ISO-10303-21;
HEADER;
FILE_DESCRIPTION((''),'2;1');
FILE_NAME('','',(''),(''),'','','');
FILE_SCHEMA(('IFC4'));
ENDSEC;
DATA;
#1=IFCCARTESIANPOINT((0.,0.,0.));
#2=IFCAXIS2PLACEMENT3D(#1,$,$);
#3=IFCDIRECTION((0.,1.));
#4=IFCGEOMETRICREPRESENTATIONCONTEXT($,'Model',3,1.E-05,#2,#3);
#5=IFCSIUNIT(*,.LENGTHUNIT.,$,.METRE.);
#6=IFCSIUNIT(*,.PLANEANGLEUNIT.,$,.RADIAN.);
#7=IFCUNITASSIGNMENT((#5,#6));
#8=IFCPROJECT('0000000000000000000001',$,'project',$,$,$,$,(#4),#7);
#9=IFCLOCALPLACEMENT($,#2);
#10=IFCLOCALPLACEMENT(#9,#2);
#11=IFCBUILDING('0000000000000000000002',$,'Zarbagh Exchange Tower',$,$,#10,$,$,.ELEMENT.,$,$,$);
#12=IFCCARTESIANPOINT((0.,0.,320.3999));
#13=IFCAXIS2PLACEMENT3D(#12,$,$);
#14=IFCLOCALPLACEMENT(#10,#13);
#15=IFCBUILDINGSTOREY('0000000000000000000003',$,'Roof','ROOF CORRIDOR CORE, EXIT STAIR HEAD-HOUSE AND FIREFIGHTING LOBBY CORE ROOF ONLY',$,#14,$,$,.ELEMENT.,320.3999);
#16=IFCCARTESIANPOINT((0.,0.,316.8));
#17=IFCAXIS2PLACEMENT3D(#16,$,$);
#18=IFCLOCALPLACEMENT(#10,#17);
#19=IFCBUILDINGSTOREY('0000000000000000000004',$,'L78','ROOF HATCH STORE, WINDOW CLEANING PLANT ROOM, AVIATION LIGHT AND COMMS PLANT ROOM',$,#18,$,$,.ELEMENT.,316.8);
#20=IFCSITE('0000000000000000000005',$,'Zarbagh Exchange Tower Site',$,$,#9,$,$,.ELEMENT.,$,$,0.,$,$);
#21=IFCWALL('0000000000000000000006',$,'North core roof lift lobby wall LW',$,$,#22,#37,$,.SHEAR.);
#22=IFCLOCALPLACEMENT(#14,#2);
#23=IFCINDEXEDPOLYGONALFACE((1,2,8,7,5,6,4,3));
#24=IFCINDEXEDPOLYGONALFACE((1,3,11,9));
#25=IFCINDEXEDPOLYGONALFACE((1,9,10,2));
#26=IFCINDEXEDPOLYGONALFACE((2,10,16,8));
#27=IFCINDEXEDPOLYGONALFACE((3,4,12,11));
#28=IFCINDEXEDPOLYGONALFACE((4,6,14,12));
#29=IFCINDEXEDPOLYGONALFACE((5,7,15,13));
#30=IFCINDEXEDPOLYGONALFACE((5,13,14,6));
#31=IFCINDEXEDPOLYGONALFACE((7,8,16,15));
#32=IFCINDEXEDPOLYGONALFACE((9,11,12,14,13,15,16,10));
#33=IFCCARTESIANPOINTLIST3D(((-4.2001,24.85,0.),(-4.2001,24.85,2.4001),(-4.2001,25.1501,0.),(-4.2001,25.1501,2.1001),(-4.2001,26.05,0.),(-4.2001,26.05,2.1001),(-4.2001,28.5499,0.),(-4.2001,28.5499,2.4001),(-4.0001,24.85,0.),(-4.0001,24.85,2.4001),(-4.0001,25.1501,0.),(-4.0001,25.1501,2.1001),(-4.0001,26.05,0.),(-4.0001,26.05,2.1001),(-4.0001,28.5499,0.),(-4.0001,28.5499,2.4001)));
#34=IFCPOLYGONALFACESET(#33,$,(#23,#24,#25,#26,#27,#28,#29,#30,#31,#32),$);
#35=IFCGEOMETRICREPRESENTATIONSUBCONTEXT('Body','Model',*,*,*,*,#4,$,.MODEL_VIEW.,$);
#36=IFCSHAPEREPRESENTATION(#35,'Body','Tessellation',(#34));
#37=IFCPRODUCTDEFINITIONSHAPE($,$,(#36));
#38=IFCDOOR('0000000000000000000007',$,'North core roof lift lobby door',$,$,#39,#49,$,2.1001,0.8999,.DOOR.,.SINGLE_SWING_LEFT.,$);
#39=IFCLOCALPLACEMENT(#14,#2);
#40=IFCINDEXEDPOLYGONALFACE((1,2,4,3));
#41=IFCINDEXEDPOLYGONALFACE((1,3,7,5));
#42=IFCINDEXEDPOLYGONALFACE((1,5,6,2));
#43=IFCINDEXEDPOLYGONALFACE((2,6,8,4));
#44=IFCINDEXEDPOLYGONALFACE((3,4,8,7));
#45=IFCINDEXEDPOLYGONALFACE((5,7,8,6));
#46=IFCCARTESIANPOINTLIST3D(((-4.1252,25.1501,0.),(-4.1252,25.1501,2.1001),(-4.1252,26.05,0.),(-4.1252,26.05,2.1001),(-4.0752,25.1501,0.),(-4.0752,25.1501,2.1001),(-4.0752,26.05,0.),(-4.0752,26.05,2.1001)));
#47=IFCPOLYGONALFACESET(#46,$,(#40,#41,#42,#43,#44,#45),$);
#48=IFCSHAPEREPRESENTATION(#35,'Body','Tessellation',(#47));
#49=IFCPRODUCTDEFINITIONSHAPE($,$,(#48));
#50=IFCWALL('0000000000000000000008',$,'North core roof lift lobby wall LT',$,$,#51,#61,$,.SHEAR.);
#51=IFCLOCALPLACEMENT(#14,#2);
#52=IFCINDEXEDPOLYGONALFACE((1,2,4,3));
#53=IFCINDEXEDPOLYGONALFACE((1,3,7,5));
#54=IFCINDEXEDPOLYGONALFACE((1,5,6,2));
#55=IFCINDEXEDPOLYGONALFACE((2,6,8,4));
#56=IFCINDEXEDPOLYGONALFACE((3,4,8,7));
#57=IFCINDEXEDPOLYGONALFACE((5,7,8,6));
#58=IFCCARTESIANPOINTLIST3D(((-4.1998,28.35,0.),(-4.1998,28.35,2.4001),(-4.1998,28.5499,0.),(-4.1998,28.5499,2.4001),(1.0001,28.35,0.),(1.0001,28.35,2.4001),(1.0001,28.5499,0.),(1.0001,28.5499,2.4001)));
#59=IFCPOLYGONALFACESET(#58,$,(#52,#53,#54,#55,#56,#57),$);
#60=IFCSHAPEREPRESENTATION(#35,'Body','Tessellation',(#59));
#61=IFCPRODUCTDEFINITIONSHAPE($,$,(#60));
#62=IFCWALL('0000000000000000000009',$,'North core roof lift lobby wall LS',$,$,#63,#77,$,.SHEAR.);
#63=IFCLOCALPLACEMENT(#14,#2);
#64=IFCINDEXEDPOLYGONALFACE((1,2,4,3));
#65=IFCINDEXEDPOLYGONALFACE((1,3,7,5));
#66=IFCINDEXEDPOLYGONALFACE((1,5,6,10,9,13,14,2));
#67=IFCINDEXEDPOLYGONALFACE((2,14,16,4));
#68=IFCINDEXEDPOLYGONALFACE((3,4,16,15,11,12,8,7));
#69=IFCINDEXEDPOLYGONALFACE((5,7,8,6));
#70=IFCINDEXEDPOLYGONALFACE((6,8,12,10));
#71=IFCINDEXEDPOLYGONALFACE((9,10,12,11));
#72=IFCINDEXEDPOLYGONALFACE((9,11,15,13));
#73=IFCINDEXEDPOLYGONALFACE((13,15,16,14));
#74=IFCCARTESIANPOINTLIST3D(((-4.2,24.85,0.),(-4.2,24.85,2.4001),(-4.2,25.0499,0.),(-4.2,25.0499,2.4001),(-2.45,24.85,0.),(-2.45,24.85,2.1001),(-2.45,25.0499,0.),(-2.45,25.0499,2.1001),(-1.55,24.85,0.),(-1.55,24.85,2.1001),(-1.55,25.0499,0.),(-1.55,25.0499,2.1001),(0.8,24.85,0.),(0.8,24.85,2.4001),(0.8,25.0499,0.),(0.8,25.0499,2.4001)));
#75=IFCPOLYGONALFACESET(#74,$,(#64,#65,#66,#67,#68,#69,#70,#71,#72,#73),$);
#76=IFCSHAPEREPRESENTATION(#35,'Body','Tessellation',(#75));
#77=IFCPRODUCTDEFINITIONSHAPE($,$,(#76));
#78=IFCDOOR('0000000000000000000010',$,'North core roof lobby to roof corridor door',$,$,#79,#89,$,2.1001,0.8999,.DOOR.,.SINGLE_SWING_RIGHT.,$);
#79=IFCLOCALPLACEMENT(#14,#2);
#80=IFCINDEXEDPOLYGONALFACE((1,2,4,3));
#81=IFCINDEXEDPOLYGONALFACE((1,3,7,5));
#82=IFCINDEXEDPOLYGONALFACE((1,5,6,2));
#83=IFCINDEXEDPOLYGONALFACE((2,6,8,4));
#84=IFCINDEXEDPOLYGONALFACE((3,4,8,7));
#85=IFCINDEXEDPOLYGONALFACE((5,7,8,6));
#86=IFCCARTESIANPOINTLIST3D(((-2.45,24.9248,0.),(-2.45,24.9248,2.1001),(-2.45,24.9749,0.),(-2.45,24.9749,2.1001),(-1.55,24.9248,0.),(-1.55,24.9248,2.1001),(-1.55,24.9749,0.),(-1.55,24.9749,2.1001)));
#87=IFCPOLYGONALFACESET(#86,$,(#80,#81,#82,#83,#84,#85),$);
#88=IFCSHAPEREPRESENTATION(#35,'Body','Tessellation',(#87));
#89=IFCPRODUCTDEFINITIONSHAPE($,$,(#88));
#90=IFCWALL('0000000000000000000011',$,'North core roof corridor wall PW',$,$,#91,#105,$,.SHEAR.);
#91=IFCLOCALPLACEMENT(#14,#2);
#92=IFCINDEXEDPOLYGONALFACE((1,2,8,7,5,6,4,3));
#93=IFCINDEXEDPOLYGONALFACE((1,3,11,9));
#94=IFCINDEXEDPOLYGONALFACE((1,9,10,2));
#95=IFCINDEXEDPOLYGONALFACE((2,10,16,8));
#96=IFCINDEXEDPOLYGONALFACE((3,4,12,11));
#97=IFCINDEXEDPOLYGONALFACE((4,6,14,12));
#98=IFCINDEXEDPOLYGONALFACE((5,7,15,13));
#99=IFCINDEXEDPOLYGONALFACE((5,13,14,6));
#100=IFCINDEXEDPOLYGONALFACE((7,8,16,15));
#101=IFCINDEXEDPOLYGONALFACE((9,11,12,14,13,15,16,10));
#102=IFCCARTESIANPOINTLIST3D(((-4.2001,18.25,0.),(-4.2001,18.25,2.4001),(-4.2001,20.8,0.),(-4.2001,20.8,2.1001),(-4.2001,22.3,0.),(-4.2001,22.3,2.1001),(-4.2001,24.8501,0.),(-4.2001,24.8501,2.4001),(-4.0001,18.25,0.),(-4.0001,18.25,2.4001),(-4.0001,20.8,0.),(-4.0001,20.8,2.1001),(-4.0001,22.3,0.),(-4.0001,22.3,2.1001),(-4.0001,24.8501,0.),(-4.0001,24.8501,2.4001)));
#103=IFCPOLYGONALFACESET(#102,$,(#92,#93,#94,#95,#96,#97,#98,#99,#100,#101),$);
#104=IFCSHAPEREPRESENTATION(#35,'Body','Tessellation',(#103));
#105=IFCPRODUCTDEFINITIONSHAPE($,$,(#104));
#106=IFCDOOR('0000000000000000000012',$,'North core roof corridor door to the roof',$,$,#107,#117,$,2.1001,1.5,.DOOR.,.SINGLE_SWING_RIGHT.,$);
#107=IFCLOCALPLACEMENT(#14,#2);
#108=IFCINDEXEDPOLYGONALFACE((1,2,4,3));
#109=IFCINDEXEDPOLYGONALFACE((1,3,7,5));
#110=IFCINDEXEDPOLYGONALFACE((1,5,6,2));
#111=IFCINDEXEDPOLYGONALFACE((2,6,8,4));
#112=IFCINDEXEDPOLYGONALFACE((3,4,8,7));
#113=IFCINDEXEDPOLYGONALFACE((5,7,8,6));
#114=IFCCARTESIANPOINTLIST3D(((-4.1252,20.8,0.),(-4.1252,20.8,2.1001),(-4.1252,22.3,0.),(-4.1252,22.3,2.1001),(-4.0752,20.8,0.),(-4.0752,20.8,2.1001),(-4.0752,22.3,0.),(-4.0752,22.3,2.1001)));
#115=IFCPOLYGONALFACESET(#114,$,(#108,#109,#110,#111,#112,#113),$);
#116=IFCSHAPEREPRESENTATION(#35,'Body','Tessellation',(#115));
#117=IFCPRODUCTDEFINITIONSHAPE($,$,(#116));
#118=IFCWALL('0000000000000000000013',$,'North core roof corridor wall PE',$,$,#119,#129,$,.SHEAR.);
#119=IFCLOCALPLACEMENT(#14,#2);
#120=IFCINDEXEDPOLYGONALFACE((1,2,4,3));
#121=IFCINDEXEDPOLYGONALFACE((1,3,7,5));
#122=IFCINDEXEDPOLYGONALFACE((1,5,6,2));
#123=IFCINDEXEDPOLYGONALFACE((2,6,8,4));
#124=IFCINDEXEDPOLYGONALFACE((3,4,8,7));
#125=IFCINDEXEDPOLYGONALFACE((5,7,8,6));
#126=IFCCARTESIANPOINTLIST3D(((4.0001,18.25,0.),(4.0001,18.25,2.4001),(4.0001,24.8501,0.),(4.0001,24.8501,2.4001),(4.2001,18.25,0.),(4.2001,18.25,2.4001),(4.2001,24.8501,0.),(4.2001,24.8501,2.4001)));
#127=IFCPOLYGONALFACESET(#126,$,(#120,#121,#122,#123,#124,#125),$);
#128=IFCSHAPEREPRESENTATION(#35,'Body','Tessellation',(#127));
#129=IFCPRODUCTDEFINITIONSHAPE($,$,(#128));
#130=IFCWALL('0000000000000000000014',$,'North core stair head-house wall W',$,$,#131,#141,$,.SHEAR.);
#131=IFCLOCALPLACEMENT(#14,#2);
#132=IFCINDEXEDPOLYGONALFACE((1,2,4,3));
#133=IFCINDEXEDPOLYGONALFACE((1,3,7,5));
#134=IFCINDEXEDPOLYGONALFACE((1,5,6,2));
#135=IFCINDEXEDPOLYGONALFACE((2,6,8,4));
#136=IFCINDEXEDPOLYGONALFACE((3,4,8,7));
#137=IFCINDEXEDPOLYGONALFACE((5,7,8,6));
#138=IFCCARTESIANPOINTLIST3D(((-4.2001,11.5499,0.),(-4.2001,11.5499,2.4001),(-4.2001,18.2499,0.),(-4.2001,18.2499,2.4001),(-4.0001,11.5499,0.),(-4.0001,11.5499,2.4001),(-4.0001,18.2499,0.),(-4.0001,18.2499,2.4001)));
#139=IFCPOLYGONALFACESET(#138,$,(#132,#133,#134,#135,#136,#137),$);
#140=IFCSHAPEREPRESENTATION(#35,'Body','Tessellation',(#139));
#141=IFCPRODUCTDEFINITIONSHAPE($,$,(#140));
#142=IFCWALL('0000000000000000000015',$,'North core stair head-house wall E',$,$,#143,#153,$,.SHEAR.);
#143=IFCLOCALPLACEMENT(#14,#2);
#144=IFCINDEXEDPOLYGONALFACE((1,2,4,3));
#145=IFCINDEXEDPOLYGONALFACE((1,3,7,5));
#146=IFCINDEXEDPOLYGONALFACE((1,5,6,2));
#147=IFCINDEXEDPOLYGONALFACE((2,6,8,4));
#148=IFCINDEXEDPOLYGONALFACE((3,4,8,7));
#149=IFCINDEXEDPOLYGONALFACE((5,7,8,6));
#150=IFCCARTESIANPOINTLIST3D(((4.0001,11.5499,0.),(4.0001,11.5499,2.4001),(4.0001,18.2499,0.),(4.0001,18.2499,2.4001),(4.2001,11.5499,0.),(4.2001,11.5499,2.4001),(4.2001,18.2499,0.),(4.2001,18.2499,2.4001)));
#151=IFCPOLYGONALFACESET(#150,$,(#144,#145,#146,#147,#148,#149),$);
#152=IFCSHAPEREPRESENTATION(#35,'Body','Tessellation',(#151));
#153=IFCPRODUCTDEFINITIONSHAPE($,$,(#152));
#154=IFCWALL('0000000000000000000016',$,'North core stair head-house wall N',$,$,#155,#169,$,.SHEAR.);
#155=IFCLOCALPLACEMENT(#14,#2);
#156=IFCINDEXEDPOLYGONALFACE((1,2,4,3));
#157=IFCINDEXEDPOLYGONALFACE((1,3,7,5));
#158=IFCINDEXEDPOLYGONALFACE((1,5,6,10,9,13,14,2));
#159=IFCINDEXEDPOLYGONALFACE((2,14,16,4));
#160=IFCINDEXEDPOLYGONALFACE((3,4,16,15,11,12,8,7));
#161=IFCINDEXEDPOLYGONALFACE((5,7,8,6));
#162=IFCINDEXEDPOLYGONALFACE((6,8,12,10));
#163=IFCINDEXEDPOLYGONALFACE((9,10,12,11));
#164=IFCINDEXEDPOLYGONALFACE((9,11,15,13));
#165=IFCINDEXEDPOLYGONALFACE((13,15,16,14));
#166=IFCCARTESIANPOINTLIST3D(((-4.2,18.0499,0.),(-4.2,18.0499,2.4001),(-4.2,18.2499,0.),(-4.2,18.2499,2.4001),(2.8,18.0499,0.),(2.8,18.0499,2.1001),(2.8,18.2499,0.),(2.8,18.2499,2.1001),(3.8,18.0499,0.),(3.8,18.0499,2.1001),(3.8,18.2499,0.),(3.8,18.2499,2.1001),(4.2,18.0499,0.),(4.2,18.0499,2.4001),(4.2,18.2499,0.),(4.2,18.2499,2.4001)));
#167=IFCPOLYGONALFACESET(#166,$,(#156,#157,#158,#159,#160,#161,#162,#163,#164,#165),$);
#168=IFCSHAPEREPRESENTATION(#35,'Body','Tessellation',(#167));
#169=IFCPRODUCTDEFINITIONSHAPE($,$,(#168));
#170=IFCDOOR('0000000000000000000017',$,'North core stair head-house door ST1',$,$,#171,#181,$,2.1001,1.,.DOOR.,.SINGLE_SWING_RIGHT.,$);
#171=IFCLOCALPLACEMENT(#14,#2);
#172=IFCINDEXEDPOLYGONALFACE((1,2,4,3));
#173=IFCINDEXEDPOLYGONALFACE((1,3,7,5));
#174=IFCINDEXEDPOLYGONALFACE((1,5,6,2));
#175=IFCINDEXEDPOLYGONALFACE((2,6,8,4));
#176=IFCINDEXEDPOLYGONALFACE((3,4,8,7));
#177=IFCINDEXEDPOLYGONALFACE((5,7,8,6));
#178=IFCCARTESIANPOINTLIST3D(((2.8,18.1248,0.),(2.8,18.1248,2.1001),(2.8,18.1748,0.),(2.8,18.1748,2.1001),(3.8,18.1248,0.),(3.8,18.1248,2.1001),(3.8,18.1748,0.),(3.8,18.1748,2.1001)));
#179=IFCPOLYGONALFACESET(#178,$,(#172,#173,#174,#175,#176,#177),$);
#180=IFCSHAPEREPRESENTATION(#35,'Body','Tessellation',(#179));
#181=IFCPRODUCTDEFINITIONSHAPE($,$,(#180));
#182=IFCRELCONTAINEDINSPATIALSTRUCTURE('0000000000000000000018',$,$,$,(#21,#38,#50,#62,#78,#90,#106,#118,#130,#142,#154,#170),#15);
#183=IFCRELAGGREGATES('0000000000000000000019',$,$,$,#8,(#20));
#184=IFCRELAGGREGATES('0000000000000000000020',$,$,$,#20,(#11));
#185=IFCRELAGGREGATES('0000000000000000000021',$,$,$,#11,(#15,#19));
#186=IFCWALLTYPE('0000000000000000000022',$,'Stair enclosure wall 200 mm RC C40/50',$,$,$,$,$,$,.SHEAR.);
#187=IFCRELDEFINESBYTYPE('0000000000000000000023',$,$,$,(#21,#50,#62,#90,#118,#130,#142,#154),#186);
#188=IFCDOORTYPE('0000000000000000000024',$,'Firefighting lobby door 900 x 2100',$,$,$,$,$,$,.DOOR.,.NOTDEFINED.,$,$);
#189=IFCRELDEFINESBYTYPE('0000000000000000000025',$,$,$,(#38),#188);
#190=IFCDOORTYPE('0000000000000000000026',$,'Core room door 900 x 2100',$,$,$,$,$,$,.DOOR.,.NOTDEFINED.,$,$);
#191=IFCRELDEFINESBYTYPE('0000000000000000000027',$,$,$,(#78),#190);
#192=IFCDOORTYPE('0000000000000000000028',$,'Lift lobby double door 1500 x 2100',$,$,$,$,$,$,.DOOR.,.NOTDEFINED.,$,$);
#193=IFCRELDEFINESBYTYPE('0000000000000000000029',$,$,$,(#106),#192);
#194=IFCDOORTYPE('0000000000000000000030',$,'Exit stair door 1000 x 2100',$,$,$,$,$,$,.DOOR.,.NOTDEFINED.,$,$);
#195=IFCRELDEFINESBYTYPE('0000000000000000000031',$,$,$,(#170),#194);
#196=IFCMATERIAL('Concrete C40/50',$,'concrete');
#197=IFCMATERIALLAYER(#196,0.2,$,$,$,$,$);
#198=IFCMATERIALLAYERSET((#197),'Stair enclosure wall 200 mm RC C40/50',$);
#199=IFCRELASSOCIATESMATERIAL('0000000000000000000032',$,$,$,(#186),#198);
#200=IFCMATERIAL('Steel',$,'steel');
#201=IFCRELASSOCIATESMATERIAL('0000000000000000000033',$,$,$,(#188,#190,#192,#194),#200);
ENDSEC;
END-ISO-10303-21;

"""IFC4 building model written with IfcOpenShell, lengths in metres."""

from ifc_helpers import new_model, si_unit, direction, frame, frame_2d, origin, place, context, subcontext, project, spatial, rectangle, extrude, material, layer, layer_set, type_object, element, fill, save


model = new_model("IFC4")

# Units and contexts
model_context = context("Model", 3, precision=1e-05, world=origin(), true_north=direction((0.0, 1.0)))
body_context = subcontext(model_context, "Body", "Model", "MODEL_VIEW")
ifc_project = project(units=[si_unit("LENGTHUNIT", "METRE"), si_unit("PLANEANGLEUNIT", "RADIAN")], contexts=[model_context])

# Site, building, storey
site_placement = place(None, origin())
site = spatial("IfcSite", under=ifc_project, at=site_placement, Name="Zarbagh Exchange Tower Site", CompositionType="ELEMENT", RefElevation=0.0)
building_placement = place(site_placement, origin())
building = spatial("IfcBuilding", under=site, at=building_placement, Name="Zarbagh Exchange Tower", CompositionType="ELEMENT")
storey_1_placement = place(building_placement, frame((0.0, 0.0, 320.3999)))
storey_1 = spatial("IfcBuildingStorey", under=building, at=storey_1_placement, Name="Roof", Description="ROOF CORRIDOR CORE, EXIT STAIR HEAD-HOUSE AND FIREFIGHTING LOBBY CORE ROOF ONLY", CompositionType="ELEMENT", Elevation=320.3999)

# Shared definitions
ifc_material_1 = material(Name="Concrete C40/50", Category="concrete")

# Shared definitions
storey_2_placement = place(building_placement, frame((0.0, 0.0, 316.8)))
storey_2 = spatial("IfcBuildingStorey", under=building, at=storey_2_placement, Name="L78", Description="ROOF HATCH STORE, WINDOW CLEANING PLANT ROOM, AVIATION LIGHT AND COMMS PLANT ROOM", CompositionType="ELEMENT", Elevation=316.8)

# Shared definitions
ifc_layer_1 = layer(ifc_material_1, 0.2)
ifc_layer_set_1 = layer_set([ifc_layer_1], Name="Stair enclosure wall 200 mm RC C40/50")
wall_type_1 = type_object("IfcWallType", Name="Stair enclosure wall 200 mm RC C40/50", PredefinedType="SHEAR", material=ifc_layer_set_1)

# Wall, opening, door
wall_1_placement = place(storey_1_placement, frame((-4.1001, 28.55, 0.0), z_axis=(0.0, 0.0, 1.0), x_axis=(0.0, -1.0, 0.0)))
wall_1 = element("IfcWall", 1, at=wall_1_placement, inside=storey_1, type_object=wall_type_1, Name="North core roof lift lobby wall LW", PredefinedType="SHEAR", context=body_context, shape_type="SweptSolid", body=[
    extrude(rectangle(XDim=3.7, YDim=0.2, at=frame_2d((1.8501, 0.0))), origin(), (0.0, 0.0, 1.0), 2.4001),
])
opening_1_placement = place(wall_1_placement, frame((2.5, 0.0, 0.0)))
opening_1 = element("IfcOpeningElement", 2, at=opening_1_placement, cuts=wall_1, PredefinedType="OPENING", context=body_context, shape_type="SweptSolid", body=[
    extrude(rectangle(XDim=0.8999, YDim=2.1001, at=frame_2d((0.45, 1.05))), frame((0.0, 0.1099, 0.0), z_axis=(0.0, -1.0, 0.0), x_axis=(1.0, 0.0, 0.0)), (0.0, 0.0, 1.0), 0.22),
])
ifc_material_2 = material(Name="Steel", Category="steel")
door_type_1 = type_object("IfcDoorType", Name="Firefighting lobby door 900 x 2100", OperationType="NOTDEFINED", PredefinedType="DOOR", material=ifc_material_2)
door_1_placement = place(opening_1_placement, origin())
door_1 = element("IfcDoor", 3, at=door_1_placement, inside=storey_1, type_object=door_type_1, Name="North core roof lift lobby door", OperationType="SINGLE_SWING_LEFT", OverallHeight=2.1001, OverallWidth=0.8999, PredefinedType="DOOR", context=body_context, shape_type="SweptSolid", body=[
    extrude(rectangle(XDim=0.8999, YDim=2.1001, at=frame_2d((0.45, 1.05))), frame((0.0, 0.0249, 0.0), z_axis=(0.0, -1.0, 0.0), x_axis=(1.0, 0.0, 0.0)), (0.0, 0.0, 1.0), 0.05),
])
fill(opening_1, door_1)

# Wall
wall_2_placement = place(storey_1_placement, frame((-4.2, 28.45, 0.0), z_axis=(0.0, 0.0, 1.0), x_axis=(1.0, 0.0, 0.0)))
element("IfcWall", 4, at=wall_2_placement, inside=storey_1, type_object=wall_type_1, Name="North core roof lift lobby wall LT", PredefinedType="SHEAR", context=body_context, shape_type="SweptSolid", body=[
    extrude(rectangle(XDim=5.2, YDim=0.2, at=frame_2d((2.6001, 0.0))), origin(), (0.0, 0.0, 1.0), 2.4001),
])

# Walls, openings, doors
wall_3_placement = place(storey_1_placement, frame((-4.2, 24.95, 0.0), z_axis=(0.0, 0.0, 1.0), x_axis=(1.0, 0.0, 0.0)))
wall_3 = element("IfcWall", 5, at=wall_3_placement, inside=storey_1, type_object=wall_type_1, Name="North core roof lift lobby wall LS", PredefinedType="SHEAR", context=body_context, shape_type="SweptSolid", body=[
    extrude(rectangle(XDim=5.0, YDim=0.2, at=frame_2d((2.5, 0.0))), origin(), (0.0, 0.0, 1.0), 2.4001),
])
opening_2_placement = place(wall_3_placement, frame((1.75, 0.0, 0.0)))
opening_2 = element("IfcOpeningElement", 6, at=opening_2_placement, cuts=wall_3, PredefinedType="OPENING", context=body_context, shape_type="SweptSolid", body=[
    extrude(rectangle(XDim=0.8999, YDim=2.1001, at=frame_2d((0.45, 1.05))), frame((0.0, 0.1099, 0.0), z_axis=(0.0, -1.0, 0.0), x_axis=(1.0, 0.0, 0.0)), (0.0, 0.0, 1.0), 0.22),
])
door_type_2 = type_object("IfcDoorType", Name="Core room door 900 x 2100", OperationType="NOTDEFINED", PredefinedType="DOOR", material=ifc_material_2)
door_2_placement = place(opening_2_placement, origin())
door_2 = element("IfcDoor", 7, at=door_2_placement, inside=storey_1, type_object=door_type_2, Name="North core roof lobby to roof corridor door", OperationType="SINGLE_SWING_RIGHT", OverallHeight=2.1001, OverallWidth=0.8999, PredefinedType="DOOR", context=body_context, shape_type="SweptSolid", body=[
    extrude(rectangle(XDim=0.8999, YDim=2.1001, at=frame_2d((0.45, 1.05))), frame((0.0, 0.0249, 0.0), z_axis=(0.0, -1.0, 0.0), x_axis=(1.0, 0.0, 0.0)), (0.0, 0.0, 1.0), 0.05),
])
fill(opening_2, door_2)
wall_4_placement = place(storey_1_placement, frame((-4.1001, 24.8501, 0.0), z_axis=(0.0, 0.0, 1.0), x_axis=(0.0, -1.0, 0.0)))
wall_4 = element("IfcWall", 8, at=wall_4_placement, inside=storey_1, type_object=wall_type_1, Name="North core roof corridor wall PW", PredefinedType="SHEAR", context=body_context, shape_type="SweptSolid", body=[
    extrude(rectangle(XDim=6.6001, YDim=0.2, at=frame_2d((3.3, 0.0))), origin(), (0.0, 0.0, 1.0), 2.4001),
])
opening_3_placement = place(wall_4_placement, frame((2.55, 0.0, 0.0)))
opening_3 = element("IfcOpeningElement", 9, at=opening_3_placement, cuts=wall_4, PredefinedType="OPENING", context=body_context, shape_type="SweptSolid", body=[
    extrude(rectangle(XDim=1.5, YDim=2.1001, at=frame_2d((0.75, 1.05))), frame((0.0, 0.1099, 0.0), z_axis=(0.0, -1.0, 0.0), x_axis=(1.0, 0.0, 0.0)), (0.0, 0.0, 1.0), 0.22),
])
door_type_3 = type_object("IfcDoorType", Name="Lift lobby double door 1500 x 2100", OperationType="NOTDEFINED", PredefinedType="DOOR", material=ifc_material_2)
door_3_placement = place(opening_3_placement, origin())
door_3 = element("IfcDoor", 10, at=door_3_placement, inside=storey_1, type_object=door_type_3, Name="North core roof corridor door to the roof", OperationType="SINGLE_SWING_RIGHT", OverallHeight=2.1001, OverallWidth=1.5, PredefinedType="DOOR", context=body_context, shape_type="SweptSolid", body=[
    extrude(rectangle(XDim=1.5, YDim=2.1001, at=frame_2d((0.75, 1.05))), frame((0.0, 0.0249, 0.0), z_axis=(0.0, -1.0, 0.0), x_axis=(1.0, 0.0, 0.0)), (0.0, 0.0, 1.0), 0.05),
])
fill(opening_3, door_3)

# Walls
wall_5_placement = place(storey_1_placement, frame((4.1001, 24.8501, 0.0), z_axis=(0.0, 0.0, 1.0), x_axis=(0.0, -1.0, 0.0)))
element("IfcWall", 11, at=wall_5_placement, inside=storey_1, type_object=wall_type_1, Name="North core roof corridor wall PE", PredefinedType="SHEAR", context=body_context, shape_type="SweptSolid", body=[
    extrude(rectangle(XDim=6.6001, YDim=0.2, at=frame_2d((3.3, 0.0))), origin(), (0.0, 0.0, 1.0), 2.4001),
])
for number, where, z_axis, x_axis, name in (
    (12, (-4.1001, 18.25, 0.0), (0.0, 0.0, 1.0), (0.0, -1.0, 0.0), "North core stair head-house wall W"),
    (13, (4.1001, 18.25, 0.0), (0.0, 0.0, 1.0), (0.0, -1.0, 0.0), "North core stair head-house wall E"),
):
    element("IfcWall", number, at=place(storey_1_placement, frame(where, z_axis=z_axis, x_axis=x_axis)), inside=storey_1, type_object=wall_type_1, Name=name, PredefinedType="SHEAR", context=body_context, shape_type="SweptSolid", body=[
        extrude(rectangle(XDim=6.7, YDim=0.2, at=frame_2d((3.3501, 0.0))), origin(), (0.0, 0.0, 1.0), 2.4001),
    ])

# Wall, opening, door
wall_6_placement = place(storey_1_placement, frame((-4.2, 18.1499, 0.0), z_axis=(0.0, 0.0, 1.0), x_axis=(1.0, 0.0, 0.0)))
wall_6 = element("IfcWall", 14, at=wall_6_placement, inside=storey_1, type_object=wall_type_1, Name="North core stair head-house wall N", PredefinedType="SHEAR", context=body_context, shape_type="SweptSolid", body=[
    extrude(rectangle(XDim=8.3999, YDim=0.2, at=frame_2d((4.2, 0.0))), origin(), (0.0, 0.0, 1.0), 2.4001),
])
opening_4_placement = place(wall_6_placement, frame((7.0, 0.0, 0.0)))
opening_4 = element("IfcOpeningElement", 15, at=opening_4_placement, cuts=wall_6, PredefinedType="OPENING", context=body_context, shape_type="SweptSolid", body=[
    extrude(rectangle(XDim=1.0, YDim=2.1001, at=frame_2d((0.5, 1.05))), frame((0.0, 0.1099, 0.0), z_axis=(0.0, -1.0, 0.0), x_axis=(1.0, 0.0, 0.0)), (0.0, 0.0, 1.0), 0.22),
])
door_type_4 = type_object("IfcDoorType", Name="Exit stair door 1000 x 2100", OperationType="NOTDEFINED", PredefinedType="DOOR", material=ifc_material_2)
door_4_placement = place(opening_4_placement, origin())
door_4 = element("IfcDoor", 16, at=door_4_placement, inside=storey_1, type_object=door_type_4, Name="North core stair head-house door ST1", OperationType="SINGLE_SWING_RIGHT", OverallHeight=2.1001, OverallWidth=1.0, PredefinedType="DOOR", context=body_context, shape_type="SweptSolid", body=[
    extrude(rectangle(XDim=1.0, YDim=2.1001, at=frame_2d((0.5, 1.05))), frame((0.0, 0.0249, 0.0), z_axis=(0.0, -1.0, 0.0), x_axis=(1.0, 0.0, 0.0)), (0.0, 0.0, 1.0), 0.05),
])
fill(opening_4, door_4)

save(model, "model.ifc")
